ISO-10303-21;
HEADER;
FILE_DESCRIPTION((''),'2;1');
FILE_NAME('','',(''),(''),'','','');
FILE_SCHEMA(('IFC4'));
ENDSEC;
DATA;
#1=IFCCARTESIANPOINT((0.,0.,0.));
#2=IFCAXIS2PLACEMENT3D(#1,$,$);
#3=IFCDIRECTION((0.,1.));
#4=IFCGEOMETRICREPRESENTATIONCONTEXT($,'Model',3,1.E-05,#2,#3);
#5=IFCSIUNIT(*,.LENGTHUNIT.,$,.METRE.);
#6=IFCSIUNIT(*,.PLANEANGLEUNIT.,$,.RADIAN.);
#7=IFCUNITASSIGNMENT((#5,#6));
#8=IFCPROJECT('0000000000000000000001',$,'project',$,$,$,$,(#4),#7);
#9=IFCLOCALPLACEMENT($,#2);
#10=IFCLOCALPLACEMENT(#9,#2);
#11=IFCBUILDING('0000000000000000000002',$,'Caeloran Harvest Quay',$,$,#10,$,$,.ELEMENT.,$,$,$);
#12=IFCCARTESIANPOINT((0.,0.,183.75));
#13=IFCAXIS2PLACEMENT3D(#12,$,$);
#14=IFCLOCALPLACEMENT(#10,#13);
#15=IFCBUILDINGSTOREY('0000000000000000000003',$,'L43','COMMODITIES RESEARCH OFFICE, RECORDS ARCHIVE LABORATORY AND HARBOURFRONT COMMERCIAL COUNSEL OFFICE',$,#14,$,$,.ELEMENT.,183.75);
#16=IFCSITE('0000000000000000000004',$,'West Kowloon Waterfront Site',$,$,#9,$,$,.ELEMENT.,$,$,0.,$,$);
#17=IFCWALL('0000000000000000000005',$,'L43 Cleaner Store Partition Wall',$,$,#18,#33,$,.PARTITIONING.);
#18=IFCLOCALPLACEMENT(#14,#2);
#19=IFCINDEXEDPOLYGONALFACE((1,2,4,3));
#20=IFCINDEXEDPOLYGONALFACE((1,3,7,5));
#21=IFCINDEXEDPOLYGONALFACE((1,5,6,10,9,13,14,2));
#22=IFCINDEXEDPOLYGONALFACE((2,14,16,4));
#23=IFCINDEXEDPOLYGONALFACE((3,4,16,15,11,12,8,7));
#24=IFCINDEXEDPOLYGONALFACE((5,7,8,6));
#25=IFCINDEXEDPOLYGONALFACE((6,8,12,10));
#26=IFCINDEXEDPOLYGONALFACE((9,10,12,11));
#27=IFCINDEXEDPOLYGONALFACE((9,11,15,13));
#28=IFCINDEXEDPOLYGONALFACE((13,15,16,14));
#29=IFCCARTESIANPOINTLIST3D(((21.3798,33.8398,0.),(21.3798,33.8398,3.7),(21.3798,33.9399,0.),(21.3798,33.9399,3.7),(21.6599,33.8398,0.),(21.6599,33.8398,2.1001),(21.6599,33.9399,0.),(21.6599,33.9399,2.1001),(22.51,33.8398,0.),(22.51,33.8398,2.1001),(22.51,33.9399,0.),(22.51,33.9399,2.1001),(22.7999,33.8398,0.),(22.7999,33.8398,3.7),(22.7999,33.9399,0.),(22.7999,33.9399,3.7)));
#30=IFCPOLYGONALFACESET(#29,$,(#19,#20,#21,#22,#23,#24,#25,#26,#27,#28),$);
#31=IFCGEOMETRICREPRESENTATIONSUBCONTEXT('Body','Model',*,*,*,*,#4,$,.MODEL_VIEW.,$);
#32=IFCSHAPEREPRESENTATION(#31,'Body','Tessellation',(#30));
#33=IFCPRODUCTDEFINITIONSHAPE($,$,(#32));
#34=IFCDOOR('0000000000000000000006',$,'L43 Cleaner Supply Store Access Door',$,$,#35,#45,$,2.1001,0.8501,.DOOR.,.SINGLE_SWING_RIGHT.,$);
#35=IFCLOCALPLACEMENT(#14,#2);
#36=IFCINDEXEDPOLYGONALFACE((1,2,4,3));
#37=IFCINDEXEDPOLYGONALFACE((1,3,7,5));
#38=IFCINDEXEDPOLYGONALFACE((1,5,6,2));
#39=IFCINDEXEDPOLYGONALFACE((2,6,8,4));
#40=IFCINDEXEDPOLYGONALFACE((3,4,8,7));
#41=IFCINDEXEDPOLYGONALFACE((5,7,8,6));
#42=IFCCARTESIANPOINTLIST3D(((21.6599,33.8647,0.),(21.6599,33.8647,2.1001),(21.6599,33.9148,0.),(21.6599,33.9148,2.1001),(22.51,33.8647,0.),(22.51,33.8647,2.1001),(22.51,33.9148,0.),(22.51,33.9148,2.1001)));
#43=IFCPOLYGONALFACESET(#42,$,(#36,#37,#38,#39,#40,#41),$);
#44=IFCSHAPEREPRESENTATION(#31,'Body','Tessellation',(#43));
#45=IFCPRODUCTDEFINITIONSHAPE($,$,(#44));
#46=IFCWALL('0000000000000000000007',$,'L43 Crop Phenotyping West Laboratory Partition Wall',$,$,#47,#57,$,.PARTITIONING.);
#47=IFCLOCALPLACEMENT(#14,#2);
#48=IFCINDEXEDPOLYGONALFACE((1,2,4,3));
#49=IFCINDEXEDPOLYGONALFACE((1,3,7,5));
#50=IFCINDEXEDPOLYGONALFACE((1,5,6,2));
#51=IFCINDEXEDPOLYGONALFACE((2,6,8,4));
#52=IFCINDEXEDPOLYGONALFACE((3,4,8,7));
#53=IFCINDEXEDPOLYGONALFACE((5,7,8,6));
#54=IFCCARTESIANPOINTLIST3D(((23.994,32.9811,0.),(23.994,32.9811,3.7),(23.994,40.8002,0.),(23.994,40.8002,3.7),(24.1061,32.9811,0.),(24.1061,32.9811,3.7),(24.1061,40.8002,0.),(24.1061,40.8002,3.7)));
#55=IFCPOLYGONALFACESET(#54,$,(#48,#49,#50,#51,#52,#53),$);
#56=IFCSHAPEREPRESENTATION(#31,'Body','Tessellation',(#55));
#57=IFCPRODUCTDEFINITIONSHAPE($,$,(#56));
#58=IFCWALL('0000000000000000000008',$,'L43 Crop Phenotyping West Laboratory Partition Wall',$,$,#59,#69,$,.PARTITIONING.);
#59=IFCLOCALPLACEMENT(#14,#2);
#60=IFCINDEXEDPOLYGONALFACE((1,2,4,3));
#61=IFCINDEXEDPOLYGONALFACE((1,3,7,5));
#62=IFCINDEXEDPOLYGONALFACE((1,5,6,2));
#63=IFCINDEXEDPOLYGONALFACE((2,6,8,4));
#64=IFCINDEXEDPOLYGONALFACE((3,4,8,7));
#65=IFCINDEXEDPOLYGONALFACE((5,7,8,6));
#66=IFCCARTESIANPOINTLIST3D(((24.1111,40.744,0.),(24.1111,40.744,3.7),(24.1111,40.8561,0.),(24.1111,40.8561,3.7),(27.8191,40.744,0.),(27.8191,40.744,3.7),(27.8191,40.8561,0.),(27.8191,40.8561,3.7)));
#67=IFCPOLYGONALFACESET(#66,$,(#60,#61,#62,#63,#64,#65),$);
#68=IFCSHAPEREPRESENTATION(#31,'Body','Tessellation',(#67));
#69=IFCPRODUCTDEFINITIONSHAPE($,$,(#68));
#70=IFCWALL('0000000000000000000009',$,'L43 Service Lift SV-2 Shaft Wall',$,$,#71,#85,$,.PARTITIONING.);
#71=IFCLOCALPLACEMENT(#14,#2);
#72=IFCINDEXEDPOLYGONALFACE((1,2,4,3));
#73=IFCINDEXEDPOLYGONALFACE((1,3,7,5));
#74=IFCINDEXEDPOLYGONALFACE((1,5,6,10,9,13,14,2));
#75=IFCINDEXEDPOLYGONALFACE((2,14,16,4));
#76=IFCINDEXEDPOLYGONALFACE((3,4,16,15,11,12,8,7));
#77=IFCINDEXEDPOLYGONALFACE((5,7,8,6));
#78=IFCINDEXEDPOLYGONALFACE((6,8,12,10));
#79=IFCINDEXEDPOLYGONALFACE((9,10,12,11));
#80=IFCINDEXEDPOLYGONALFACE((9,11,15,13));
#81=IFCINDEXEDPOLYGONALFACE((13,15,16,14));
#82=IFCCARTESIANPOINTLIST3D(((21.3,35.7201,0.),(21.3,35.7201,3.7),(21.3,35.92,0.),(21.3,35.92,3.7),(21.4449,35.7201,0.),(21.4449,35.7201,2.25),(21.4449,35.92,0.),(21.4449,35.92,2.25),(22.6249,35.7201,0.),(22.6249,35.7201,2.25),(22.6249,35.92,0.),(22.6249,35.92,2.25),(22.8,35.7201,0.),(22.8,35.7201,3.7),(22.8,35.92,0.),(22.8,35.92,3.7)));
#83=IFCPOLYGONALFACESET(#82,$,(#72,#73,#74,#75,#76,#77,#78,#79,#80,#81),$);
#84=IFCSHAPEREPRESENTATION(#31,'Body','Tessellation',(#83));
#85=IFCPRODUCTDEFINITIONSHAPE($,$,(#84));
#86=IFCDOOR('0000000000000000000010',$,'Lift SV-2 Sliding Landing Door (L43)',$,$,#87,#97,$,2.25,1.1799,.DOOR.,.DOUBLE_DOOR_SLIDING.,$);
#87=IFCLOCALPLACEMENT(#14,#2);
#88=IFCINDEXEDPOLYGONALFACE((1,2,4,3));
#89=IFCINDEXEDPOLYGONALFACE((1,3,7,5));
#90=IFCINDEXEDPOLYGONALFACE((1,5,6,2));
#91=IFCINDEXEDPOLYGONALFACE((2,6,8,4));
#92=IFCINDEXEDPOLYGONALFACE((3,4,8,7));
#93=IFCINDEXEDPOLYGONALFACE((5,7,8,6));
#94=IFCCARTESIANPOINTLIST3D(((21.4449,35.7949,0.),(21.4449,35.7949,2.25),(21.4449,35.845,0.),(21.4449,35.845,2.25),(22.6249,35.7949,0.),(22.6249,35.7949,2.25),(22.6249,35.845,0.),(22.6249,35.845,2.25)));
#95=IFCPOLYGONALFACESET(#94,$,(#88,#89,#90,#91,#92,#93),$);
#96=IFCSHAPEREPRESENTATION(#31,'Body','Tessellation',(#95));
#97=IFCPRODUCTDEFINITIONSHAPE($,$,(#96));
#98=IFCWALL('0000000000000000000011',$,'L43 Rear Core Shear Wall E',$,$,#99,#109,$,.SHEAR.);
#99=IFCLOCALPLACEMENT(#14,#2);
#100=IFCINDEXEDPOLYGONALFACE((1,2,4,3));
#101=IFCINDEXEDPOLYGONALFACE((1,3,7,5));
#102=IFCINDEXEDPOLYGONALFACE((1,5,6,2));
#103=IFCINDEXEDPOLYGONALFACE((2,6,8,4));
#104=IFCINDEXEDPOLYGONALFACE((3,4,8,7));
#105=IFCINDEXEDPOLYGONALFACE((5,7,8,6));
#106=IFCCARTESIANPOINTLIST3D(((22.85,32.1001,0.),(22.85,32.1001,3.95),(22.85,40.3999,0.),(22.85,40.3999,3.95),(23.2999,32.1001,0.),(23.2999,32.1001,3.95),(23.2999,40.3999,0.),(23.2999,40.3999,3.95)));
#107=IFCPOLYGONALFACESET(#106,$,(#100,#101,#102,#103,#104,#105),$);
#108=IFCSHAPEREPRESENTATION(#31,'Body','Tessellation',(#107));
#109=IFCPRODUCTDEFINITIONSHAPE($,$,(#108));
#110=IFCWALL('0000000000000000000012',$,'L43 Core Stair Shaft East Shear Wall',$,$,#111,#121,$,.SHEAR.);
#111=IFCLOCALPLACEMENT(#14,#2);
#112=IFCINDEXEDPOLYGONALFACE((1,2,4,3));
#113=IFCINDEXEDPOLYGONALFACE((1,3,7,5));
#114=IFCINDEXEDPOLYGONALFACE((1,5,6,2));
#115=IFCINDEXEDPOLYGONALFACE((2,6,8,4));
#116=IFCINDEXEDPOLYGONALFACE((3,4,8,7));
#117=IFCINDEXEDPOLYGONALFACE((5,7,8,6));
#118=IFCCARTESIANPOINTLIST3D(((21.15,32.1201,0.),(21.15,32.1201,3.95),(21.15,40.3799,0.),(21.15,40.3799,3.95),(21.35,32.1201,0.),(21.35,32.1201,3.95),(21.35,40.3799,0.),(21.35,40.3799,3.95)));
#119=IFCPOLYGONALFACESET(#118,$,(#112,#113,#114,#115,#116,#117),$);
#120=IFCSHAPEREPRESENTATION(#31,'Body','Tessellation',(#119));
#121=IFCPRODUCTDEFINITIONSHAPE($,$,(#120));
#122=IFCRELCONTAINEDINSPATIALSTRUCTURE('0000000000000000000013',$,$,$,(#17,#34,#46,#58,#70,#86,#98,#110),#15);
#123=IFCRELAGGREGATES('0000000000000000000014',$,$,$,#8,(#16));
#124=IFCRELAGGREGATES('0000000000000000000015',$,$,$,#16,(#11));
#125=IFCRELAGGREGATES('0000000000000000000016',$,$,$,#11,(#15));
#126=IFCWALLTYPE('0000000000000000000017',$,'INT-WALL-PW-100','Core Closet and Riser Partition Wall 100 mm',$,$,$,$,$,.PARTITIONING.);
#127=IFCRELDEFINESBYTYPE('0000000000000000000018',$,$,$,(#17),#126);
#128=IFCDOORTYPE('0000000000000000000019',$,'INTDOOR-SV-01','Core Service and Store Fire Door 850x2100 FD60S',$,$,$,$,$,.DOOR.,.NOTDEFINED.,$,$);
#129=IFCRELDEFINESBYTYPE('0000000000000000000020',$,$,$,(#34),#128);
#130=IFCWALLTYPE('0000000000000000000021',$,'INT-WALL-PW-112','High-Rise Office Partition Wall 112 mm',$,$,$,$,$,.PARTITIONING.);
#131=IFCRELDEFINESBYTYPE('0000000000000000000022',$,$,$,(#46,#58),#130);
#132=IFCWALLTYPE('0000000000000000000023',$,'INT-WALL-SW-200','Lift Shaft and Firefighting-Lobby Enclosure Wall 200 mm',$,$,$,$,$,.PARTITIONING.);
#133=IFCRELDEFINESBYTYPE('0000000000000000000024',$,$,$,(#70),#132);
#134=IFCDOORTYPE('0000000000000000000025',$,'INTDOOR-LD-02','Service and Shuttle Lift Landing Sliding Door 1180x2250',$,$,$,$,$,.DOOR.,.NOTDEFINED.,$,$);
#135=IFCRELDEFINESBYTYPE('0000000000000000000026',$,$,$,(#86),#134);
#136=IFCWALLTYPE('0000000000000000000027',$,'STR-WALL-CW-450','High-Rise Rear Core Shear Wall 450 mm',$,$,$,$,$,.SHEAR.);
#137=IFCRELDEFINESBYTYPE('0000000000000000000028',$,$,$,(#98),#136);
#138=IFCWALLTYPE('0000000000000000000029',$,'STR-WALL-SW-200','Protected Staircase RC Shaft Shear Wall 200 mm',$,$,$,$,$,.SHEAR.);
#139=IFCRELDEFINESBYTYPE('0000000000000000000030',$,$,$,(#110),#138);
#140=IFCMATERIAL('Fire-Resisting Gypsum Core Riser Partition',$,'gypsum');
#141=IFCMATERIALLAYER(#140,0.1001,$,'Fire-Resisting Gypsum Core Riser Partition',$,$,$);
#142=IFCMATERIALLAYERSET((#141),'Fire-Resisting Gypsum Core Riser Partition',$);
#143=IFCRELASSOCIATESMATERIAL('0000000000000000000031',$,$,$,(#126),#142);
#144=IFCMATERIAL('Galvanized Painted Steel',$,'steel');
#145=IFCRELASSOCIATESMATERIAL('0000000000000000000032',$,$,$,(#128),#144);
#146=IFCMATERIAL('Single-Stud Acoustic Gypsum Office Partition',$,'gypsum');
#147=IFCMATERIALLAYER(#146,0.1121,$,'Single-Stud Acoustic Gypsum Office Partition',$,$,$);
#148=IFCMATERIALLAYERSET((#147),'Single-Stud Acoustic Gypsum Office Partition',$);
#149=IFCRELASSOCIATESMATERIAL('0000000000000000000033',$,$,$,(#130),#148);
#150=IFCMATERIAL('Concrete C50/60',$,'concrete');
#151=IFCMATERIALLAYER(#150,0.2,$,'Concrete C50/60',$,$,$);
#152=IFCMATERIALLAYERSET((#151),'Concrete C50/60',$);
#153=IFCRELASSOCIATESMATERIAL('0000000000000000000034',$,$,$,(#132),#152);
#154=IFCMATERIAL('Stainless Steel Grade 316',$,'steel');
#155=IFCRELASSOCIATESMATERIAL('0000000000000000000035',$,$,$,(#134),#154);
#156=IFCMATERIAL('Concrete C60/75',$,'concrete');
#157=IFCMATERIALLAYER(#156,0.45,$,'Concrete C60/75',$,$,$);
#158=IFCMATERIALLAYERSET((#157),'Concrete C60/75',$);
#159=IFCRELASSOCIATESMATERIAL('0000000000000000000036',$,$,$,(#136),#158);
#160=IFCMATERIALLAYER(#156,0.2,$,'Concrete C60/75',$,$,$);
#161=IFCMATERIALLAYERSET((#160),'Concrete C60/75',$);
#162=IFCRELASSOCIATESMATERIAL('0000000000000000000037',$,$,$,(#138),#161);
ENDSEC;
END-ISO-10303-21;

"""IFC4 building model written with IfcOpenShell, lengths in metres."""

from ifc_helpers import new_model, si_unit, direction, frame, frame_2d, origin, place, context, subcontext, project, spatial, rectangle, extrude, material, layer, layer_set, type_object, element, fill, save


model = new_model("IFC4")

# Units and contexts
model_context = context("Model", 3, precision=1e-05, world=origin(), true_north=direction((0.0, 1.0)))
body_context = subcontext(model_context, "Body", "Model", "MODEL_VIEW")
ifc_project = project(units=[si_unit("LENGTHUNIT", "METRE"), si_unit("PLANEANGLEUNIT", "RADIAN")], contexts=[model_context])

# Site, building, storey
site_placement = place(None, origin())
site = spatial("IfcSite", under=ifc_project, at=site_placement, Name="West Kowloon Waterfront Site", CompositionType="ELEMENT", RefElevation=0.0)
building_placement = place(site_placement, origin())
building = spatial("IfcBuilding", under=site, at=building_placement, Name="Caeloran Harvest Quay", CompositionType="ELEMENT")
storey_placement = place(building_placement, frame((0.0, 0.0, 183.75)))
storey = spatial("IfcBuildingStorey", under=building, at=storey_placement, Name="L43", Description="COMMODITIES RESEARCH OFFICE, RECORDS ARCHIVE LABORATORY AND HARBOURFRONT COMMERCIAL COUNSEL OFFICE", CompositionType="ELEMENT", Elevation=183.75)

# Wall, opening, door
ifc_material_1 = material(Name="Fire-Resisting Gypsum Core Riser Partition", Category="gypsum")
ifc_layer_1 = layer(ifc_material_1, 0.1001, Name="Fire-Resisting Gypsum Core Riser Partition")
ifc_layer_set_1 = layer_set([ifc_layer_1], Name="Fire-Resisting Gypsum Core Riser Partition")
wall_type_1 = type_object("IfcWallType", Name="INT-WALL-PW-100", Description="Core Closet and Riser Partition Wall 100 mm", PredefinedType="PARTITIONING", material=ifc_layer_set_1)
wall_1_placement = place(storey_placement, frame((21.3799, 33.8899, 0.0), z_axis=(0.0, 0.0, 1.0), x_axis=(1.0, 0.0, 0.0)))
wall_1 = element("IfcWall", 1, at=wall_1_placement, inside=storey, type_object=wall_type_1, Name="L43 Cleaner Store Partition Wall", PredefinedType="PARTITIONING", context=body_context, shape_type="SweptSolid", body=[
    extrude(rectangle(XDim=1.4202, YDim=0.1001, at=frame_2d((0.71, 0.0))), origin(), (0.0, 0.0, 1.0), 3.7),
])
opening_1_placement = place(wall_1_placement, frame((0.28, 0.0, 0.0)))
opening_1 = element("IfcOpeningElement", 2, at=opening_1_placement, cuts=wall_1, PredefinedType="OPENING", context=body_context, shape_type="SweptSolid", body=[
    extrude(rectangle(XDim=0.8501, YDim=2.1001, at=frame_2d((0.425, 1.05))), frame((0.0, 0.0601, 0.0), z_axis=(0.0, -1.0, 0.0), x_axis=(1.0, 0.0, 0.0)), (0.0, 0.0, 1.0), 0.1201),
])
ifc_material_2 = material(Name="Galvanized Painted Steel", Category="steel")
door_type_1 = type_object("IfcDoorType", Name="INTDOOR-SV-01", Description="Core Service and Store Fire Door 850x2100 FD60S", OperationType="NOTDEFINED", PredefinedType="DOOR", material=ifc_material_2)
door_1_placement = place(opening_1_placement, origin())
door_1 = element("IfcDoor", 3, at=door_1_placement, inside=storey, type_object=door_type_1, Name="L43 Cleaner Supply Store Access Door", OperationType="SINGLE_SWING_RIGHT", OverallHeight=2.1001, OverallWidth=0.8501, PredefinedType="DOOR", context=body_context, shape_type="SweptSolid", body=[
    extrude(rectangle(XDim=0.8501, YDim=2.1001, at=frame_2d((0.425, 1.05))), frame((0.0, 0.0249, 0.0), z_axis=(0.0, -1.0, 0.0), x_axis=(1.0, 0.0, 0.0)), (0.0, 0.0, 1.0), 0.05),
])
fill(opening_1, door_1)

# Walls
ifc_material_3 = material(Name="Single-Stud Acoustic Gypsum Office Partition", Category="gypsum")
ifc_layer_2 = layer(ifc_material_3, 0.1121, Name="Single-Stud Acoustic Gypsum Office Partition")
ifc_layer_set_2 = layer_set([ifc_layer_2], Name="Single-Stud Acoustic Gypsum Office Partition")
wall_type_2 = type_object("IfcWallType", Name="INT-WALL-PW-112", Description="High-Rise Office Partition Wall 112 mm", PredefinedType="PARTITIONING", material=ifc_layer_set_2)
wall_2_placement = place(storey_placement, frame((24.05, 32.981, 0.0), z_axis=(0.0, 0.0, 1.0), x_axis=(0.0, 1.0, 0.0)))
element("IfcWall", 4, at=wall_2_placement, inside=storey, type_object=wall_type_2, Name="L43 Crop Phenotyping West Laboratory Partition Wall", PredefinedType="PARTITIONING", context=body_context, shape_type="SweptSolid", body=[
    extrude(rectangle(XDim=7.8191, YDim=0.1121, at=frame_2d((3.9097, 0.0))), origin(), (0.0, 0.0, 1.0), 3.7),
])
wall_3_placement = place(storey_placement, frame((24.1111, 40.8, 0.0), z_axis=(0.0, 0.0, 1.0), x_axis=(1.0, 0.0, 0.0)))
element("IfcWall", 5, at=wall_3_placement, inside=storey, type_object=wall_type_2, Name="L43 Crop Phenotyping West Laboratory Partition Wall", PredefinedType="PARTITIONING", context=body_context, shape_type="SweptSolid", body=[
    extrude(rectangle(XDim=3.708, YDim=0.1121, at=frame_2d((1.854, 0.0))), origin(), (0.0, 0.0, 1.0), 3.7),
])

# Wall, opening, door
ifc_material_4 = material(Name="Concrete C50/60", Category="concrete")
ifc_layer_3 = layer(ifc_material_4, 0.2, Name="Concrete C50/60")
ifc_layer_set_3 = layer_set([ifc_layer_3], Name="Concrete C50/60")
wall_type_3 = type_object("IfcWallType", Name="INT-WALL-SW-200", Description="Lift Shaft and Firefighting-Lobby Enclosure Wall 200 mm", PredefinedType="PARTITIONING", material=ifc_layer_set_3)
wall_4_placement = place(storey_placement, frame((21.3, 35.8201, 0.0), z_axis=(0.0, 0.0, 1.0), x_axis=(1.0, 0.0, 0.0)))
wall_4 = element("IfcWall", 6, at=wall_4_placement, inside=storey, type_object=wall_type_3, Name="L43 Service Lift SV-2 Shaft Wall", PredefinedType="PARTITIONING", context=body_context, shape_type="SweptSolid", body=[
    extrude(rectangle(XDim=1.5, YDim=0.2, at=frame_2d((0.75, 0.0))), origin(), (0.0, 0.0, 1.0), 3.7),
])
opening_2_placement = place(wall_4_placement, frame((0.145, 0.0, 0.0)))
opening_2 = element("IfcOpeningElement", 7, at=opening_2_placement, cuts=wall_4, PredefinedType="OPENING", context=body_context, shape_type="SweptSolid", body=[
    extrude(rectangle(XDim=1.1799, YDim=2.25, at=frame_2d((0.5898, 1.125))), frame((0.0, 0.1099, 0.0), z_axis=(0.0, -1.0, 0.0), x_axis=(1.0, 0.0, 0.0)), (0.0, 0.0, 1.0), 0.22),
])
ifc_material_5 = material(Name="Stainless Steel Grade 316", Category="steel")
door_type_2 = type_object("IfcDoorType", Name="INTDOOR-LD-02", Description="Service and Shuttle Lift Landing Sliding Door 1180x2250", OperationType="NOTDEFINED", PredefinedType="DOOR", material=ifc_material_5)
door_2_placement = place(opening_2_placement, origin())
door_2 = element("IfcDoor", 8, at=door_2_placement, inside=storey, type_object=door_type_2, Name="Lift SV-2 Sliding Landing Door (L43)", OperationType="DOUBLE_DOOR_SLIDING", OverallHeight=2.25, OverallWidth=1.1799, PredefinedType="DOOR", context=body_context, shape_type="SweptSolid", body=[
    extrude(rectangle(XDim=1.1799, YDim=2.25, at=frame_2d((0.5898, 1.125))), frame((0.0, 0.0249, 0.0), z_axis=(0.0, -1.0, 0.0), x_axis=(1.0, 0.0, 0.0)), (0.0, 0.0, 1.0), 0.05),
])
fill(opening_2, door_2)

# Walls
ifc_material_6 = material(Name="Concrete C60/75", Category="concrete")
ifc_layer_4 = layer(ifc_material_6, 0.45, Name="Concrete C60/75")
ifc_layer_set_4 = layer_set([ifc_layer_4], Name="Concrete C60/75")
wall_type_4 = type_object("IfcWallType", Name="STR-WALL-CW-450", Description="High-Rise Rear Core Shear Wall 450 mm", PredefinedType="SHEAR", material=ifc_layer_set_4)
wall_5_placement = place(storey_placement, frame((23.075, 32.1001, 0.0), z_axis=(0.0, 0.0, 1.0), x_axis=(0.0, 1.0, 0.0)))
element("IfcWall", 9, at=wall_5_placement, inside=storey, type_object=wall_type_4, Name="L43 Rear Core Shear Wall E", PredefinedType="SHEAR", context=body_context, shape_type="SweptSolid", body=[
    extrude(rectangle(XDim=8.2998, YDim=0.45, at=frame_2d((4.1499, 0.0))), origin(), (0.0, 0.0, 1.0), 3.95),
])
ifc_layer_5 = layer(ifc_material_6, 0.2, Name="Concrete C60/75")
ifc_layer_set_5 = layer_set([ifc_layer_5], Name="Concrete C60/75")
wall_type_5 = type_object("IfcWallType", Name="STR-WALL-SW-200", Description="Protected Staircase RC Shaft Shear Wall 200 mm", PredefinedType="SHEAR", material=ifc_layer_set_5)
wall_6_placement = place(storey_placement, frame((21.25, 32.1201, 0.0), z_axis=(0.0, 0.0, 1.0), x_axis=(0.0, 1.0, 0.0)))
element("IfcWall", 10, at=wall_6_placement, inside=storey, type_object=wall_type_5, Name="L43 Core Stair Shaft East Shear Wall", PredefinedType="SHEAR", context=body_context, shape_type="SweptSolid", body=[
    extrude(rectangle(XDim=8.2598, YDim=0.2, at=frame_2d((4.1299, 0.0))), origin(), (0.0, 0.0, 1.0), 3.95),
])

save(model, "model.ifc")
